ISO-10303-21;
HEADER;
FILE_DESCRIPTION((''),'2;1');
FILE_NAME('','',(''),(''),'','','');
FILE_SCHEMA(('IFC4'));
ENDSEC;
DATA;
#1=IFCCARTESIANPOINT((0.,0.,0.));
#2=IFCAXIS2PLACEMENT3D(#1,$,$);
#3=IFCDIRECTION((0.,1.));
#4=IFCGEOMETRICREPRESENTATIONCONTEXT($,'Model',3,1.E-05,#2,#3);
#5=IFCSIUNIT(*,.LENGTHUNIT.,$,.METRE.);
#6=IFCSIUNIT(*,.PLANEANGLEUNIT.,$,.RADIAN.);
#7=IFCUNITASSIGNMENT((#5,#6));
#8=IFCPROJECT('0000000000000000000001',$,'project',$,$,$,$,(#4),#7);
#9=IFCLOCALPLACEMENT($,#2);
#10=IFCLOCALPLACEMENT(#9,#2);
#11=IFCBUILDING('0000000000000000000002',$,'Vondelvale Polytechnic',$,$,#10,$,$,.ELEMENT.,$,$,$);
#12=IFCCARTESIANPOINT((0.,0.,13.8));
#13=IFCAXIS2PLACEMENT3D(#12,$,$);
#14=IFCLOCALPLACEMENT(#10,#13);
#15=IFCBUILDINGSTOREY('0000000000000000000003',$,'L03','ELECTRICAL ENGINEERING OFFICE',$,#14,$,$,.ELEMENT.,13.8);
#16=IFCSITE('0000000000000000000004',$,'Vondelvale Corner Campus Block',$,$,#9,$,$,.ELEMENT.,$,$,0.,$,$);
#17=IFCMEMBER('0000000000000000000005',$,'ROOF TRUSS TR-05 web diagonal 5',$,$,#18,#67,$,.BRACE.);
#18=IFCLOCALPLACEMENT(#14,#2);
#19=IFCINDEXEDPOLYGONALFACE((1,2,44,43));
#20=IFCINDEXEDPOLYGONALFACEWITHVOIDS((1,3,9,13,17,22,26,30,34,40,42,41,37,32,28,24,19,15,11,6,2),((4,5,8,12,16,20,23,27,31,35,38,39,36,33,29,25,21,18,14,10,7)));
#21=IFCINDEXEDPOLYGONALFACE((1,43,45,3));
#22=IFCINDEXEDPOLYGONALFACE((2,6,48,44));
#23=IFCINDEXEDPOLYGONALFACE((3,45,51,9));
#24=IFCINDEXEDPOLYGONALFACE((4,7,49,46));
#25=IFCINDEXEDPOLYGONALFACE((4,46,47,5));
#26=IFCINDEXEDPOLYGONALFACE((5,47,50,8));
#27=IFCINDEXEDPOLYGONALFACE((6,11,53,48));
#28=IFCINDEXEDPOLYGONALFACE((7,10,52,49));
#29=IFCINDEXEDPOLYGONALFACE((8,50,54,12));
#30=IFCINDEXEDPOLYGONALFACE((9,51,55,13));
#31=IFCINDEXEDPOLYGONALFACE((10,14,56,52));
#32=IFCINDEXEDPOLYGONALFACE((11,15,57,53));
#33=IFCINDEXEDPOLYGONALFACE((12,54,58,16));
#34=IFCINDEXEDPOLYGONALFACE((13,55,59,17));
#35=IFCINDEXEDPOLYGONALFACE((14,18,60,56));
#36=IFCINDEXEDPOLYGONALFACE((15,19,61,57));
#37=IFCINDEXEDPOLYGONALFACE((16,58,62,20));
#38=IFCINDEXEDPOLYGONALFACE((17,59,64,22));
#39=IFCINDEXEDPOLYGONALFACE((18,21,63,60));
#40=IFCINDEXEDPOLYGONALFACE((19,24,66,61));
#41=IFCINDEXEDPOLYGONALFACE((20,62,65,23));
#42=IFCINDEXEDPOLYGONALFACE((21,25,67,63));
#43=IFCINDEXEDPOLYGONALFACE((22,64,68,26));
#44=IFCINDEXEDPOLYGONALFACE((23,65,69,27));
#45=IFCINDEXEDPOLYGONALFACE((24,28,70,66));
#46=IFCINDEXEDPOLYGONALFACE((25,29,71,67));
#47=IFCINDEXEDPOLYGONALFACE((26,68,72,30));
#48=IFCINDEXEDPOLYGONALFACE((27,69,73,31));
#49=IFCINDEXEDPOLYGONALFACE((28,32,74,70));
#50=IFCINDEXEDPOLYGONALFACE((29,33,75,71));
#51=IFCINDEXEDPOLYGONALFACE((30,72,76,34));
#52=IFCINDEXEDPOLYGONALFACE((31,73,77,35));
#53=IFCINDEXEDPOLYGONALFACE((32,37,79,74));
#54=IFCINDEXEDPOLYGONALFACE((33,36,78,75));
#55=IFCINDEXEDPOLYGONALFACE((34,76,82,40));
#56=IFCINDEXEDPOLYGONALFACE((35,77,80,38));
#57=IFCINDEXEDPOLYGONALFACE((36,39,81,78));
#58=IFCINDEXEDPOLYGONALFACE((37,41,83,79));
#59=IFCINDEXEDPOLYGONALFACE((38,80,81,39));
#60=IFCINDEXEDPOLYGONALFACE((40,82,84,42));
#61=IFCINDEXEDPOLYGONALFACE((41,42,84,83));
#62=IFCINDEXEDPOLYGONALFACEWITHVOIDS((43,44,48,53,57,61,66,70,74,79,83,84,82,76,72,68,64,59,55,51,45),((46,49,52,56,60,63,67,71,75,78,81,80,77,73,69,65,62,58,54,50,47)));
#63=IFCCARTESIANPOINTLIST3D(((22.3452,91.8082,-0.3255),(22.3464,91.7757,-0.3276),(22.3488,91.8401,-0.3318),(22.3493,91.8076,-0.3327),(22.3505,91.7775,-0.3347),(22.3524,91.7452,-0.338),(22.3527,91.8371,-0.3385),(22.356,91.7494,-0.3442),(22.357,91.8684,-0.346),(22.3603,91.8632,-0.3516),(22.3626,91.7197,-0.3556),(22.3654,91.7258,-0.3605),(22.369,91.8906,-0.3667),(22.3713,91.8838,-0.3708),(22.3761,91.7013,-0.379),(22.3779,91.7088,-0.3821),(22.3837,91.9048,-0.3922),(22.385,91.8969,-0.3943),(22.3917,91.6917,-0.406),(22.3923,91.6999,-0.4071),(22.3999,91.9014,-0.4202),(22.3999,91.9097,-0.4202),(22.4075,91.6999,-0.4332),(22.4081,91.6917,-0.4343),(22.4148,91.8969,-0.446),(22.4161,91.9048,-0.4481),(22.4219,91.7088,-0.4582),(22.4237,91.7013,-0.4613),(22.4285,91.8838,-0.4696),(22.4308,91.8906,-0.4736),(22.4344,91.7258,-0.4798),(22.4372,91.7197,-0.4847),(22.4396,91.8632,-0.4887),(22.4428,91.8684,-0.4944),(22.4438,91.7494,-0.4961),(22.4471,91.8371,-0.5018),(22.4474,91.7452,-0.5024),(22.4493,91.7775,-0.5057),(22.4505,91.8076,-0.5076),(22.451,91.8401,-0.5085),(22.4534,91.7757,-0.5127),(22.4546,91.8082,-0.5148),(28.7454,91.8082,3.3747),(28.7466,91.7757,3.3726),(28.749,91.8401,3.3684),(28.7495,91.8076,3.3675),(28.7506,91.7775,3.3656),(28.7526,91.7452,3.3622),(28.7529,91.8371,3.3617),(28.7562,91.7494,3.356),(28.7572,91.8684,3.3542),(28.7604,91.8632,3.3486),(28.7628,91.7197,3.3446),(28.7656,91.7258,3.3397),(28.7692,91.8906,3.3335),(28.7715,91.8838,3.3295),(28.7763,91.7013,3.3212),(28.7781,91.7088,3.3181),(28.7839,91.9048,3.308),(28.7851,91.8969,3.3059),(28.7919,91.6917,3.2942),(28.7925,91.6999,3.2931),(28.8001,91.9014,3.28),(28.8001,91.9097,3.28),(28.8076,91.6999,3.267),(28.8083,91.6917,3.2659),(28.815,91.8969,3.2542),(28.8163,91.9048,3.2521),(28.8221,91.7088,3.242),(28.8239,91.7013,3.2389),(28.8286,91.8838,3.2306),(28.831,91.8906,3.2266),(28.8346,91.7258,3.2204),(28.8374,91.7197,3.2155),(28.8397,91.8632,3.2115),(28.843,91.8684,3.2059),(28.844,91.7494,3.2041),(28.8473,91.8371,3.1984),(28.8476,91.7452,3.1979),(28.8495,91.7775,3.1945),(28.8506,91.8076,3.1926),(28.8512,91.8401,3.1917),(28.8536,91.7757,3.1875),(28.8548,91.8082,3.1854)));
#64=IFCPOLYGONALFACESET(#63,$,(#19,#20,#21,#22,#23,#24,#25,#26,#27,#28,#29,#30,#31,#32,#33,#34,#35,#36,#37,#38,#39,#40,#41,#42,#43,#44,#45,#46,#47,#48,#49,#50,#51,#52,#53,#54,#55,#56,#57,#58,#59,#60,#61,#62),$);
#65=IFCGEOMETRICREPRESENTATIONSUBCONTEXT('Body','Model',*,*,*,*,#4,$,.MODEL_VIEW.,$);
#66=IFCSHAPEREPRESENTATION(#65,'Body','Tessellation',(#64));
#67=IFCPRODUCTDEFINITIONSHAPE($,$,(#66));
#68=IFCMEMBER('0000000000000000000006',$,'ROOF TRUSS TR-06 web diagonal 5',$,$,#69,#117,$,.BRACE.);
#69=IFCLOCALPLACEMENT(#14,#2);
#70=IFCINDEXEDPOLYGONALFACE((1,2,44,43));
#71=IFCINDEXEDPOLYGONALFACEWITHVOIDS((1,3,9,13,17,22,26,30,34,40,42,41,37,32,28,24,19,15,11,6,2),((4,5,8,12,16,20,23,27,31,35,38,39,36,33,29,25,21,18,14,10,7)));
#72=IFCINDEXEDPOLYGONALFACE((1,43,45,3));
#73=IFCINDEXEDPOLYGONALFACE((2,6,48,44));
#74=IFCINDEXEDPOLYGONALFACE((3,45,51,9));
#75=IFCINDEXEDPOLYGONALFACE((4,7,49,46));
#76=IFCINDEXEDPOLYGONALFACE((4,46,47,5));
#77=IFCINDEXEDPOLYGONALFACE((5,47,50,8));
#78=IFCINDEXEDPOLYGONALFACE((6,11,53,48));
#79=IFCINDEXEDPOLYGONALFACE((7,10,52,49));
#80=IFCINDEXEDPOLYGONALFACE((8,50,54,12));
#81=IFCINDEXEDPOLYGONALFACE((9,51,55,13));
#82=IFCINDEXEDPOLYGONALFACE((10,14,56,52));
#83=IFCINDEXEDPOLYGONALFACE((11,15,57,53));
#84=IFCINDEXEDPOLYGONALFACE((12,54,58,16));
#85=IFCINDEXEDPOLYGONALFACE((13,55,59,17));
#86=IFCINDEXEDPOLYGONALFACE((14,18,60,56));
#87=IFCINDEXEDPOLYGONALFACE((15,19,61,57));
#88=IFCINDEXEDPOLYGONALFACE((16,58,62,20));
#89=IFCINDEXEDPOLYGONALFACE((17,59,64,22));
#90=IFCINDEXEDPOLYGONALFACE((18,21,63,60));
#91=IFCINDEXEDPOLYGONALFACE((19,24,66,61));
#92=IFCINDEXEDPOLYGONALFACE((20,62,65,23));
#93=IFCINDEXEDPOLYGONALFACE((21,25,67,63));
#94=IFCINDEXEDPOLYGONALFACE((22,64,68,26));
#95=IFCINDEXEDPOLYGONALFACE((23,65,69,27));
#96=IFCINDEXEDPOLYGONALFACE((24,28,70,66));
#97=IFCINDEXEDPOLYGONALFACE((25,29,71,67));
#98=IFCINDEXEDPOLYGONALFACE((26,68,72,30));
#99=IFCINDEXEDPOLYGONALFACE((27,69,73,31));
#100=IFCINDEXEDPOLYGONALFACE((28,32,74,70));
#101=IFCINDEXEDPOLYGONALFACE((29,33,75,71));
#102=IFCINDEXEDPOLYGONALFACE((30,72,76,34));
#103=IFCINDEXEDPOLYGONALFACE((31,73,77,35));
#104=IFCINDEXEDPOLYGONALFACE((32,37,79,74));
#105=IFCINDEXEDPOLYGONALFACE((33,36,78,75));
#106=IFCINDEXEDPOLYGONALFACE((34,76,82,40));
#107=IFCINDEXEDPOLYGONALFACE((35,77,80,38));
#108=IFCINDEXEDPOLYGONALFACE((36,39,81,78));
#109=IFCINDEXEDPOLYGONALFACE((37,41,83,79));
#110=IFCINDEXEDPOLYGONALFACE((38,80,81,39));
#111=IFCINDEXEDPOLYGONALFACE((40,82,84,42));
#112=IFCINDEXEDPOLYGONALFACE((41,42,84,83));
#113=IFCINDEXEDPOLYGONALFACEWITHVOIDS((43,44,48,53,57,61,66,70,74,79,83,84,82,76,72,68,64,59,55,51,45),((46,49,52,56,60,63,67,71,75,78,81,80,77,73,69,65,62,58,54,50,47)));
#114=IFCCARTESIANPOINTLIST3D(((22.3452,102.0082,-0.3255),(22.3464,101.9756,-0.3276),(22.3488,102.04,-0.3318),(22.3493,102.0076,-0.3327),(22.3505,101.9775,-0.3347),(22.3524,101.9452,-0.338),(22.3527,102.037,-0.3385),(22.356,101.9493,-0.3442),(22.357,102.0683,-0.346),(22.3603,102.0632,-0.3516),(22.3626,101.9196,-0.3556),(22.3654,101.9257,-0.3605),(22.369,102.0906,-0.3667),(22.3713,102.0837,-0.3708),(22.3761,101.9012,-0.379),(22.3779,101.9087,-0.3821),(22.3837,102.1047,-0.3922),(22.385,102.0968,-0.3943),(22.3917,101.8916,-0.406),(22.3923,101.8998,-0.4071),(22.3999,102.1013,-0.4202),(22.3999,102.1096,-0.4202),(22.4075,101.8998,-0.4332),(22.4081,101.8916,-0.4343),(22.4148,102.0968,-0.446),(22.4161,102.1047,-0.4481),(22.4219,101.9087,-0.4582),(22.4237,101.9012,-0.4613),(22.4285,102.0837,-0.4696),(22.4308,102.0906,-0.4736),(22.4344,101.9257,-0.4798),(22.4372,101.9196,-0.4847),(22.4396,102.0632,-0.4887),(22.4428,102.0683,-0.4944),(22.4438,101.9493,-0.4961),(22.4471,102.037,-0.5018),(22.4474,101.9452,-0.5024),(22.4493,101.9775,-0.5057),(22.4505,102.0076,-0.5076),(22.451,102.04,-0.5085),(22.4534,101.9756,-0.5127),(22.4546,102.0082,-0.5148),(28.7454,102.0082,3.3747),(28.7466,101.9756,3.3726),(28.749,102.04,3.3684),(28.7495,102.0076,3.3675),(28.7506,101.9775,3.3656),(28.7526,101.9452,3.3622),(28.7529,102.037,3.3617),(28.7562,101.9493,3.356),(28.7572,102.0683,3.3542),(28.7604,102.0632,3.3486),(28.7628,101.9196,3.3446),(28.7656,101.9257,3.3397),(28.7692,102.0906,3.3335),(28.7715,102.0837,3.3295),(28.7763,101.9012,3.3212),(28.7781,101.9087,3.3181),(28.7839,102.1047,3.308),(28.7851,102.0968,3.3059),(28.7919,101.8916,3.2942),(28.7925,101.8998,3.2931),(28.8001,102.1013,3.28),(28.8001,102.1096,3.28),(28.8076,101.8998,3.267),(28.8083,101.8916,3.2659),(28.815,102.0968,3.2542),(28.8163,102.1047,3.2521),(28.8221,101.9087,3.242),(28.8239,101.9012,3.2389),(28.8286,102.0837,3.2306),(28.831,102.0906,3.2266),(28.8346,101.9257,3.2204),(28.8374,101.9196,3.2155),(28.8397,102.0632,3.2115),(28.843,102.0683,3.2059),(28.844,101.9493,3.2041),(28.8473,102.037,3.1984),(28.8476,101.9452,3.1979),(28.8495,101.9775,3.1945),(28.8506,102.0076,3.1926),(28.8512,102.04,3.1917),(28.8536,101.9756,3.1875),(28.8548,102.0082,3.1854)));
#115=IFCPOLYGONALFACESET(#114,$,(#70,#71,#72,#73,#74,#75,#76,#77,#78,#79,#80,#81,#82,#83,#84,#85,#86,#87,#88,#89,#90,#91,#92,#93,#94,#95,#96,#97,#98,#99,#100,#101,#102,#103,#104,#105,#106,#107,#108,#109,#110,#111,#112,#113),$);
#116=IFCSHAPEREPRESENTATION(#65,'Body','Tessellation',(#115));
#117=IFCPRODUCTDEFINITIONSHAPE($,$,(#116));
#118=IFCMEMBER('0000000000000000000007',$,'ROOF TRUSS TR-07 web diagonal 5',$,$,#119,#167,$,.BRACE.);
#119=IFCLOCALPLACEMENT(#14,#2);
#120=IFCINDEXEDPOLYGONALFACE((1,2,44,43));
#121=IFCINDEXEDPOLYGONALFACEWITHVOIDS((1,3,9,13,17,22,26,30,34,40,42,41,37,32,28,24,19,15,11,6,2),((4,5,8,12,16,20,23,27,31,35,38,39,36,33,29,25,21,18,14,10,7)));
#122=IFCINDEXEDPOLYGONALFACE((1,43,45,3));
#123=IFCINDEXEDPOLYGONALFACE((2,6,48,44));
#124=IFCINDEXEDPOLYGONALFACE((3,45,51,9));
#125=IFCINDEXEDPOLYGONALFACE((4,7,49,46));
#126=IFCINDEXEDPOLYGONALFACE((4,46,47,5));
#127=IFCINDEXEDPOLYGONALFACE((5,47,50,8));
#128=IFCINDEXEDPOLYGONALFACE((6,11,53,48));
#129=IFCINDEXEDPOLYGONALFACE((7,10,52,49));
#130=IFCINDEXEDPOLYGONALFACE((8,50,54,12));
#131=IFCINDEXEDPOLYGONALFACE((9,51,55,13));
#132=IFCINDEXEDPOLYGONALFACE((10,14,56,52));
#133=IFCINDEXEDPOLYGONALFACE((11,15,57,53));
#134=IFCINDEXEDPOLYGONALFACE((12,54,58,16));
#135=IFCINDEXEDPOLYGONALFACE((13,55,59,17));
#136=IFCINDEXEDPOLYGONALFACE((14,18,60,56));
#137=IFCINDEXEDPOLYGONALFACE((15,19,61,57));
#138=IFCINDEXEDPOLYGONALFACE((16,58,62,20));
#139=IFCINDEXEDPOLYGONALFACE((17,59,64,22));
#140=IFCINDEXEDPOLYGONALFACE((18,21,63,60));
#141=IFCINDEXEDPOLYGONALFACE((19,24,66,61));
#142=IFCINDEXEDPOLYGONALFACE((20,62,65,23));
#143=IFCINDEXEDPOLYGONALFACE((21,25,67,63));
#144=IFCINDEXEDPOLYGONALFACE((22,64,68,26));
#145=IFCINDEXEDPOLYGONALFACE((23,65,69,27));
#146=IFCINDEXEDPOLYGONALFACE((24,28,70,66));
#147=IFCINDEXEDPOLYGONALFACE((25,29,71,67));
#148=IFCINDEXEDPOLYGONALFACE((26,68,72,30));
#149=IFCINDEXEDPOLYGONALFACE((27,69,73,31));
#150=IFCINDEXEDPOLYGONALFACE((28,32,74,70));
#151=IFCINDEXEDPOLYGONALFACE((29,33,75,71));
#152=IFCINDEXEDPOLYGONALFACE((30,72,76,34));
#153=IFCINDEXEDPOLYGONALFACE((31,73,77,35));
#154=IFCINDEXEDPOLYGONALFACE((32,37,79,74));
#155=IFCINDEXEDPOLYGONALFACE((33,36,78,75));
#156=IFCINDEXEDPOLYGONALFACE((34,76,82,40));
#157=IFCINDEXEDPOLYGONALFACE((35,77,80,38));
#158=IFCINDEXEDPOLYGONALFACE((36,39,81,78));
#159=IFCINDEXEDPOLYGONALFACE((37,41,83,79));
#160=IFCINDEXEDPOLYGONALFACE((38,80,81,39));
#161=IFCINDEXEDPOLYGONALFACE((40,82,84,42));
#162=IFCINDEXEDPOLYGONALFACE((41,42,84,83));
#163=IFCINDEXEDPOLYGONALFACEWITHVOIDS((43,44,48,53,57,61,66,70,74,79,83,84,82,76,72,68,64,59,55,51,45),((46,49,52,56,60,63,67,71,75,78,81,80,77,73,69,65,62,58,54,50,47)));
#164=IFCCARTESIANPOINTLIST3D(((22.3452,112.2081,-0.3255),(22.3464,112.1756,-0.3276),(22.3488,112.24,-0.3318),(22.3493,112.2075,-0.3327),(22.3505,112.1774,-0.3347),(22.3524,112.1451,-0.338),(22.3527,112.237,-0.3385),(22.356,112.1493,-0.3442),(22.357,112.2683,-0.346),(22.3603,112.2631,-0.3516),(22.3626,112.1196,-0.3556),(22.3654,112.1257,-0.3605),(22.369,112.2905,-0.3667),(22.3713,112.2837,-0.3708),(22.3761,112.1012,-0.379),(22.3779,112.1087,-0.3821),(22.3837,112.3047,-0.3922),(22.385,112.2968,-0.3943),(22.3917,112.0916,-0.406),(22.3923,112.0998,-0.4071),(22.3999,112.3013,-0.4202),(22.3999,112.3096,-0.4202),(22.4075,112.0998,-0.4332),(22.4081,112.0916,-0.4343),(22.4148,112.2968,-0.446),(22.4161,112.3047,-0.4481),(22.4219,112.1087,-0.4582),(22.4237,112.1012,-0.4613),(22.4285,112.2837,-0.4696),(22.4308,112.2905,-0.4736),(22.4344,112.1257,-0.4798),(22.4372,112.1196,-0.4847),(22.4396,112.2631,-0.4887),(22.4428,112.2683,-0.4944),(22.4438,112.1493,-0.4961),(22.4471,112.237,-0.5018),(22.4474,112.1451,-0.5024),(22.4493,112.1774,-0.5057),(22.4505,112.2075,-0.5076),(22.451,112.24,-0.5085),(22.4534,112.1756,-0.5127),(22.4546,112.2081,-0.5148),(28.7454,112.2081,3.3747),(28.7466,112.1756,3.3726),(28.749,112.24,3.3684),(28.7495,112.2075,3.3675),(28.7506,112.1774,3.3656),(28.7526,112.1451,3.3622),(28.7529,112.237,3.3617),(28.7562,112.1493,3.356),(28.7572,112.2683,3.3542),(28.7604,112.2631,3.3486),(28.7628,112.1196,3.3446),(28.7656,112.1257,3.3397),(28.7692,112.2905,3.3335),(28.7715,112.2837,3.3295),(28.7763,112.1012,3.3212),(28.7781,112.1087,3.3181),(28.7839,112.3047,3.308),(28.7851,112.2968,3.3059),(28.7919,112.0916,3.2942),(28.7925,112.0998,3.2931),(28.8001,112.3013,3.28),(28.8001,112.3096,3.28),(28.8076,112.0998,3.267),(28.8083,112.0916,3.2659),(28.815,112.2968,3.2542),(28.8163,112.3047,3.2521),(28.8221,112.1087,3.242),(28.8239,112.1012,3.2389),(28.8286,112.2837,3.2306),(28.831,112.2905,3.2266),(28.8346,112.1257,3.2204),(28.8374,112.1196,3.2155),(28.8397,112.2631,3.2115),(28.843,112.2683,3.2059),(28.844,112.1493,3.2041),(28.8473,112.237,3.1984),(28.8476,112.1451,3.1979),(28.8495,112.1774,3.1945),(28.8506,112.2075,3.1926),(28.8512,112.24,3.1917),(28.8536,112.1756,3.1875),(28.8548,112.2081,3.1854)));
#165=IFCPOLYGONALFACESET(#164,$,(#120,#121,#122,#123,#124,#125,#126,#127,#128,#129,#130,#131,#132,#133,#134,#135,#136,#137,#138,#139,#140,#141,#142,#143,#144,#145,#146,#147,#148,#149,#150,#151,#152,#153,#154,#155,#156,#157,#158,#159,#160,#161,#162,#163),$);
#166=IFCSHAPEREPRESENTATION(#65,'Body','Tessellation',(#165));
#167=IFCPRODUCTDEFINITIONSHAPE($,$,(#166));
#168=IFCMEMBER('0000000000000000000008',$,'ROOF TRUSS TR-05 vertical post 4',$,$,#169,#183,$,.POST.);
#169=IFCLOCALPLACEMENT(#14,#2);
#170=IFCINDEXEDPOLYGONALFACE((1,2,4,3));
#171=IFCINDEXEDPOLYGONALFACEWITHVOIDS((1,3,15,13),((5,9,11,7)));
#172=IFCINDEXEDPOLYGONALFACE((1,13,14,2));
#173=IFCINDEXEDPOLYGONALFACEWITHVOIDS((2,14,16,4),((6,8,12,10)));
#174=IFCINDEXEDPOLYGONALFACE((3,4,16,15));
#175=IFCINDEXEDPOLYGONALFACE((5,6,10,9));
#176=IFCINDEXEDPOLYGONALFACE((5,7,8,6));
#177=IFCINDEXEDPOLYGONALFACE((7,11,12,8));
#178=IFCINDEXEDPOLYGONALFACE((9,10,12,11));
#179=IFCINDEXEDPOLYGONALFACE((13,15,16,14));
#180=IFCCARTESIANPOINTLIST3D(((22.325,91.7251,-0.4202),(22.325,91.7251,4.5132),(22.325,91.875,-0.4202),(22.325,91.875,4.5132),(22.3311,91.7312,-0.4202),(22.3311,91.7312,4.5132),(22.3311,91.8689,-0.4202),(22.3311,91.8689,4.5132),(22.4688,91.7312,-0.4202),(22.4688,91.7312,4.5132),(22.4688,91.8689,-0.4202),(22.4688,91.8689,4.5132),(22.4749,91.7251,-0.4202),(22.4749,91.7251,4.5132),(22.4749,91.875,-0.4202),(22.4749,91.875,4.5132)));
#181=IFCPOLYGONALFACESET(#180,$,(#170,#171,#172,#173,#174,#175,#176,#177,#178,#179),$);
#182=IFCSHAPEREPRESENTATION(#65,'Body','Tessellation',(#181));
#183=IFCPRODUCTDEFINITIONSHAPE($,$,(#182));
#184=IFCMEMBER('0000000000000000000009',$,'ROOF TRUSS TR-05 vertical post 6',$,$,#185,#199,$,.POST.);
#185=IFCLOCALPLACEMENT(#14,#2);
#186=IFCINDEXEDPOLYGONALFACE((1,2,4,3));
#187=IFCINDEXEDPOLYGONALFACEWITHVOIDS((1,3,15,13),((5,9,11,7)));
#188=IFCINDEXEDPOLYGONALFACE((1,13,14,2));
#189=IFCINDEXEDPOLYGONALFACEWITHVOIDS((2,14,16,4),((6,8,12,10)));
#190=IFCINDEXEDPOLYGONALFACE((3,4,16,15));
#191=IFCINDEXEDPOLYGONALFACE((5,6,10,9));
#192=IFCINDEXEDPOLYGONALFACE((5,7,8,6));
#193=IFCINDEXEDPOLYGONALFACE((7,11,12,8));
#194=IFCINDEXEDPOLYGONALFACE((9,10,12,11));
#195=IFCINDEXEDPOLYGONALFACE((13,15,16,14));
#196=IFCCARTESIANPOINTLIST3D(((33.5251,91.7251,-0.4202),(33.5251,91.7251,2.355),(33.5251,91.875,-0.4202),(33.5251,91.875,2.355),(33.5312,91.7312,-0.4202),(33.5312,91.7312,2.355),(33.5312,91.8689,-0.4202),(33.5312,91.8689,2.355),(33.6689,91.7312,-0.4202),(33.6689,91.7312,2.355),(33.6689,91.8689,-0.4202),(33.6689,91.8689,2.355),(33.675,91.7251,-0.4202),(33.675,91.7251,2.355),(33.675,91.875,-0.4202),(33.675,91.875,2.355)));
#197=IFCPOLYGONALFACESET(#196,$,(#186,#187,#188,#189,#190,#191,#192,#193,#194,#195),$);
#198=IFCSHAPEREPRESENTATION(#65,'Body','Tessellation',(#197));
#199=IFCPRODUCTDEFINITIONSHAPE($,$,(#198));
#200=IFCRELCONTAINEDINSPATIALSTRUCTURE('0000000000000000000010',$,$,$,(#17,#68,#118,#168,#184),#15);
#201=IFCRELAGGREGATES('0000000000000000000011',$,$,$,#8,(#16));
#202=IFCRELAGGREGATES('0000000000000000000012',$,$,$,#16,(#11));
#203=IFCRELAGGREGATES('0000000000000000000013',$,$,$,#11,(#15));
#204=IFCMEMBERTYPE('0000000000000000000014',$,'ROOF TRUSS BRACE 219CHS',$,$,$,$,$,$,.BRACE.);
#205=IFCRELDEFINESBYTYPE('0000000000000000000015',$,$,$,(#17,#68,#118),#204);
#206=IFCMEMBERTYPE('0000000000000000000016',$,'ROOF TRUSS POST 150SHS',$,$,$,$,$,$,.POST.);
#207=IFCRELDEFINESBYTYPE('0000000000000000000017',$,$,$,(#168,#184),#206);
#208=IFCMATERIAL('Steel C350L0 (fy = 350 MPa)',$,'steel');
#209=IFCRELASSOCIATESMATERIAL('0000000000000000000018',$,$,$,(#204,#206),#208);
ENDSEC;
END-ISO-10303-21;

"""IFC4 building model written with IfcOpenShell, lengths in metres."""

from ifc_helpers import new_model, si_unit, direction, frame, origin, origin_2d, place, context, subcontext, project, spatial, hollow_rectangle, hollow_circle, extrude, material, material_profile, profile_set, type_object, element, save


model = new_model("IFC4")

# Units and contexts
model_context = context("Model", 3, precision=1e-05, world=origin(), true_north=direction((0.0, 1.0)))
body_context = subcontext(model_context, "Body", "Model", "MODEL_VIEW")
ifc_project = project(units=[si_unit("LENGTHUNIT", "METRE"), si_unit("PLANEANGLEUNIT", "RADIAN")], contexts=[model_context])

# Site, building, storey
site_placement = place(None, origin())
site = spatial("IfcSite", under=ifc_project, at=site_placement, Name="Vondelvale Corner Campus Block", CompositionType="ELEMENT", RefElevation=0.0)
building_placement = place(site_placement, origin())
building = spatial("IfcBuilding", under=site, at=building_placement, Name="Vondelvale Polytechnic", CompositionType="ELEMENT")
storey_placement = place(building_placement, frame((0.0, 0.0, 13.8)))
storey = spatial("IfcBuildingStorey", under=building, at=storey_placement, Name="L03", Description="ELECTRICAL ENGINEERING OFFICE", CompositionType="ELEMENT", Elevation=13.8)

# Members
ifc_material_1 = material(Name="Steel C350L0 (fy = 350 MPa)", Category="steel")
ifc_material_profile_1 = material_profile(ifc_material_1, hollow_circle(Radius=0.1096, WallThickness=0.0083, at=origin_2d()), Name="219.1x8.2CHS")
ifc_profile_set_1 = profile_set([ifc_material_profile_1], Name="Steel C350L0 (fy = 350 MPa)")
member_type_1 = type_object("IfcMemberType", Name="ROOF TRUSS BRACE 219CHS", PredefinedType="BRACE", material=ifc_profile_set_1)
for number, where, z_axis, x_axis, name in (
    (1, (22.3999, 91.8, -0.4202), (0.865728, 0.0, 0.500514), (0.0, 1.0, 0.0), "ROOF TRUSS TR-05 web diagonal 5"),
    (2, (22.3999, 102.0, -0.4202), (0.865728, 0.0, 0.500514), (0.0, 1.0, 0.0), "ROOF TRUSS TR-06 web diagonal 5"),
    (3, (22.3999, 112.2, -0.4202), (0.865728, 0.0, 0.500514), (0.0, 1.0, 0.0), "ROOF TRUSS TR-07 web diagonal 5"),
):
    element("IfcMember", number, at=place(storey_placement, frame(where, z_axis=z_axis, x_axis=x_axis)), inside=storey, type_object=member_type_1, Name=name, PredefinedType="BRACE", context=body_context, shape_type="SweptSolid", body=[
        extrude(hollow_circle(Radius=0.1096, WallThickness=0.0083, at=origin_2d()), origin(), (0.0, 0.0, 1.0), 7.3928),
    ])
ifc_material_profile_2 = material_profile(ifc_material_1, hollow_rectangle(XDim=0.1499, YDim=0.1499, WallThickness=0.0061, at=origin_2d()), Name="150x150x6.0SHS")
ifc_profile_set_2 = profile_set([ifc_material_profile_2], Name="Steel C350L0 (fy = 350 MPa)")
member_type_2 = type_object("IfcMemberType", Name="ROOF TRUSS POST 150SHS", PredefinedType="POST", material=ifc_profile_set_2)
member_1_placement = place(storey_placement, frame((22.3999, 91.8, -0.4202), z_axis=(0.0, 0.0, 1.0), x_axis=(1.0, 0.0, 0.0)))
element("IfcMember", 4, at=member_1_placement, inside=storey, type_object=member_type_2, Name="ROOF TRUSS TR-05 vertical post 4", PredefinedType="POST", context=body_context, shape_type="SweptSolid", body=[
    extrude(hollow_rectangle(XDim=0.1499, YDim=0.1499, WallThickness=0.0061, at=origin_2d()), origin(), (0.0, 0.0, 1.0), 4.9333),
])
member_2_placement = place(storey_placement, frame((33.6001, 91.8, -0.4202), z_axis=(0.0, 0.0, 1.0), x_axis=(1.0, 0.0, 0.0)))
element("IfcMember", 5, at=member_2_placement, inside=storey, type_object=member_type_2, Name="ROOF TRUSS TR-05 vertical post 6", PredefinedType="POST", context=body_context, shape_type="SweptSolid", body=[
    extrude(hollow_rectangle(XDim=0.1499, YDim=0.1499, WallThickness=0.0061, at=origin_2d()), origin(), (0.0, 0.0, 1.0), 2.7751),
])

save(model, "model.ifc")
